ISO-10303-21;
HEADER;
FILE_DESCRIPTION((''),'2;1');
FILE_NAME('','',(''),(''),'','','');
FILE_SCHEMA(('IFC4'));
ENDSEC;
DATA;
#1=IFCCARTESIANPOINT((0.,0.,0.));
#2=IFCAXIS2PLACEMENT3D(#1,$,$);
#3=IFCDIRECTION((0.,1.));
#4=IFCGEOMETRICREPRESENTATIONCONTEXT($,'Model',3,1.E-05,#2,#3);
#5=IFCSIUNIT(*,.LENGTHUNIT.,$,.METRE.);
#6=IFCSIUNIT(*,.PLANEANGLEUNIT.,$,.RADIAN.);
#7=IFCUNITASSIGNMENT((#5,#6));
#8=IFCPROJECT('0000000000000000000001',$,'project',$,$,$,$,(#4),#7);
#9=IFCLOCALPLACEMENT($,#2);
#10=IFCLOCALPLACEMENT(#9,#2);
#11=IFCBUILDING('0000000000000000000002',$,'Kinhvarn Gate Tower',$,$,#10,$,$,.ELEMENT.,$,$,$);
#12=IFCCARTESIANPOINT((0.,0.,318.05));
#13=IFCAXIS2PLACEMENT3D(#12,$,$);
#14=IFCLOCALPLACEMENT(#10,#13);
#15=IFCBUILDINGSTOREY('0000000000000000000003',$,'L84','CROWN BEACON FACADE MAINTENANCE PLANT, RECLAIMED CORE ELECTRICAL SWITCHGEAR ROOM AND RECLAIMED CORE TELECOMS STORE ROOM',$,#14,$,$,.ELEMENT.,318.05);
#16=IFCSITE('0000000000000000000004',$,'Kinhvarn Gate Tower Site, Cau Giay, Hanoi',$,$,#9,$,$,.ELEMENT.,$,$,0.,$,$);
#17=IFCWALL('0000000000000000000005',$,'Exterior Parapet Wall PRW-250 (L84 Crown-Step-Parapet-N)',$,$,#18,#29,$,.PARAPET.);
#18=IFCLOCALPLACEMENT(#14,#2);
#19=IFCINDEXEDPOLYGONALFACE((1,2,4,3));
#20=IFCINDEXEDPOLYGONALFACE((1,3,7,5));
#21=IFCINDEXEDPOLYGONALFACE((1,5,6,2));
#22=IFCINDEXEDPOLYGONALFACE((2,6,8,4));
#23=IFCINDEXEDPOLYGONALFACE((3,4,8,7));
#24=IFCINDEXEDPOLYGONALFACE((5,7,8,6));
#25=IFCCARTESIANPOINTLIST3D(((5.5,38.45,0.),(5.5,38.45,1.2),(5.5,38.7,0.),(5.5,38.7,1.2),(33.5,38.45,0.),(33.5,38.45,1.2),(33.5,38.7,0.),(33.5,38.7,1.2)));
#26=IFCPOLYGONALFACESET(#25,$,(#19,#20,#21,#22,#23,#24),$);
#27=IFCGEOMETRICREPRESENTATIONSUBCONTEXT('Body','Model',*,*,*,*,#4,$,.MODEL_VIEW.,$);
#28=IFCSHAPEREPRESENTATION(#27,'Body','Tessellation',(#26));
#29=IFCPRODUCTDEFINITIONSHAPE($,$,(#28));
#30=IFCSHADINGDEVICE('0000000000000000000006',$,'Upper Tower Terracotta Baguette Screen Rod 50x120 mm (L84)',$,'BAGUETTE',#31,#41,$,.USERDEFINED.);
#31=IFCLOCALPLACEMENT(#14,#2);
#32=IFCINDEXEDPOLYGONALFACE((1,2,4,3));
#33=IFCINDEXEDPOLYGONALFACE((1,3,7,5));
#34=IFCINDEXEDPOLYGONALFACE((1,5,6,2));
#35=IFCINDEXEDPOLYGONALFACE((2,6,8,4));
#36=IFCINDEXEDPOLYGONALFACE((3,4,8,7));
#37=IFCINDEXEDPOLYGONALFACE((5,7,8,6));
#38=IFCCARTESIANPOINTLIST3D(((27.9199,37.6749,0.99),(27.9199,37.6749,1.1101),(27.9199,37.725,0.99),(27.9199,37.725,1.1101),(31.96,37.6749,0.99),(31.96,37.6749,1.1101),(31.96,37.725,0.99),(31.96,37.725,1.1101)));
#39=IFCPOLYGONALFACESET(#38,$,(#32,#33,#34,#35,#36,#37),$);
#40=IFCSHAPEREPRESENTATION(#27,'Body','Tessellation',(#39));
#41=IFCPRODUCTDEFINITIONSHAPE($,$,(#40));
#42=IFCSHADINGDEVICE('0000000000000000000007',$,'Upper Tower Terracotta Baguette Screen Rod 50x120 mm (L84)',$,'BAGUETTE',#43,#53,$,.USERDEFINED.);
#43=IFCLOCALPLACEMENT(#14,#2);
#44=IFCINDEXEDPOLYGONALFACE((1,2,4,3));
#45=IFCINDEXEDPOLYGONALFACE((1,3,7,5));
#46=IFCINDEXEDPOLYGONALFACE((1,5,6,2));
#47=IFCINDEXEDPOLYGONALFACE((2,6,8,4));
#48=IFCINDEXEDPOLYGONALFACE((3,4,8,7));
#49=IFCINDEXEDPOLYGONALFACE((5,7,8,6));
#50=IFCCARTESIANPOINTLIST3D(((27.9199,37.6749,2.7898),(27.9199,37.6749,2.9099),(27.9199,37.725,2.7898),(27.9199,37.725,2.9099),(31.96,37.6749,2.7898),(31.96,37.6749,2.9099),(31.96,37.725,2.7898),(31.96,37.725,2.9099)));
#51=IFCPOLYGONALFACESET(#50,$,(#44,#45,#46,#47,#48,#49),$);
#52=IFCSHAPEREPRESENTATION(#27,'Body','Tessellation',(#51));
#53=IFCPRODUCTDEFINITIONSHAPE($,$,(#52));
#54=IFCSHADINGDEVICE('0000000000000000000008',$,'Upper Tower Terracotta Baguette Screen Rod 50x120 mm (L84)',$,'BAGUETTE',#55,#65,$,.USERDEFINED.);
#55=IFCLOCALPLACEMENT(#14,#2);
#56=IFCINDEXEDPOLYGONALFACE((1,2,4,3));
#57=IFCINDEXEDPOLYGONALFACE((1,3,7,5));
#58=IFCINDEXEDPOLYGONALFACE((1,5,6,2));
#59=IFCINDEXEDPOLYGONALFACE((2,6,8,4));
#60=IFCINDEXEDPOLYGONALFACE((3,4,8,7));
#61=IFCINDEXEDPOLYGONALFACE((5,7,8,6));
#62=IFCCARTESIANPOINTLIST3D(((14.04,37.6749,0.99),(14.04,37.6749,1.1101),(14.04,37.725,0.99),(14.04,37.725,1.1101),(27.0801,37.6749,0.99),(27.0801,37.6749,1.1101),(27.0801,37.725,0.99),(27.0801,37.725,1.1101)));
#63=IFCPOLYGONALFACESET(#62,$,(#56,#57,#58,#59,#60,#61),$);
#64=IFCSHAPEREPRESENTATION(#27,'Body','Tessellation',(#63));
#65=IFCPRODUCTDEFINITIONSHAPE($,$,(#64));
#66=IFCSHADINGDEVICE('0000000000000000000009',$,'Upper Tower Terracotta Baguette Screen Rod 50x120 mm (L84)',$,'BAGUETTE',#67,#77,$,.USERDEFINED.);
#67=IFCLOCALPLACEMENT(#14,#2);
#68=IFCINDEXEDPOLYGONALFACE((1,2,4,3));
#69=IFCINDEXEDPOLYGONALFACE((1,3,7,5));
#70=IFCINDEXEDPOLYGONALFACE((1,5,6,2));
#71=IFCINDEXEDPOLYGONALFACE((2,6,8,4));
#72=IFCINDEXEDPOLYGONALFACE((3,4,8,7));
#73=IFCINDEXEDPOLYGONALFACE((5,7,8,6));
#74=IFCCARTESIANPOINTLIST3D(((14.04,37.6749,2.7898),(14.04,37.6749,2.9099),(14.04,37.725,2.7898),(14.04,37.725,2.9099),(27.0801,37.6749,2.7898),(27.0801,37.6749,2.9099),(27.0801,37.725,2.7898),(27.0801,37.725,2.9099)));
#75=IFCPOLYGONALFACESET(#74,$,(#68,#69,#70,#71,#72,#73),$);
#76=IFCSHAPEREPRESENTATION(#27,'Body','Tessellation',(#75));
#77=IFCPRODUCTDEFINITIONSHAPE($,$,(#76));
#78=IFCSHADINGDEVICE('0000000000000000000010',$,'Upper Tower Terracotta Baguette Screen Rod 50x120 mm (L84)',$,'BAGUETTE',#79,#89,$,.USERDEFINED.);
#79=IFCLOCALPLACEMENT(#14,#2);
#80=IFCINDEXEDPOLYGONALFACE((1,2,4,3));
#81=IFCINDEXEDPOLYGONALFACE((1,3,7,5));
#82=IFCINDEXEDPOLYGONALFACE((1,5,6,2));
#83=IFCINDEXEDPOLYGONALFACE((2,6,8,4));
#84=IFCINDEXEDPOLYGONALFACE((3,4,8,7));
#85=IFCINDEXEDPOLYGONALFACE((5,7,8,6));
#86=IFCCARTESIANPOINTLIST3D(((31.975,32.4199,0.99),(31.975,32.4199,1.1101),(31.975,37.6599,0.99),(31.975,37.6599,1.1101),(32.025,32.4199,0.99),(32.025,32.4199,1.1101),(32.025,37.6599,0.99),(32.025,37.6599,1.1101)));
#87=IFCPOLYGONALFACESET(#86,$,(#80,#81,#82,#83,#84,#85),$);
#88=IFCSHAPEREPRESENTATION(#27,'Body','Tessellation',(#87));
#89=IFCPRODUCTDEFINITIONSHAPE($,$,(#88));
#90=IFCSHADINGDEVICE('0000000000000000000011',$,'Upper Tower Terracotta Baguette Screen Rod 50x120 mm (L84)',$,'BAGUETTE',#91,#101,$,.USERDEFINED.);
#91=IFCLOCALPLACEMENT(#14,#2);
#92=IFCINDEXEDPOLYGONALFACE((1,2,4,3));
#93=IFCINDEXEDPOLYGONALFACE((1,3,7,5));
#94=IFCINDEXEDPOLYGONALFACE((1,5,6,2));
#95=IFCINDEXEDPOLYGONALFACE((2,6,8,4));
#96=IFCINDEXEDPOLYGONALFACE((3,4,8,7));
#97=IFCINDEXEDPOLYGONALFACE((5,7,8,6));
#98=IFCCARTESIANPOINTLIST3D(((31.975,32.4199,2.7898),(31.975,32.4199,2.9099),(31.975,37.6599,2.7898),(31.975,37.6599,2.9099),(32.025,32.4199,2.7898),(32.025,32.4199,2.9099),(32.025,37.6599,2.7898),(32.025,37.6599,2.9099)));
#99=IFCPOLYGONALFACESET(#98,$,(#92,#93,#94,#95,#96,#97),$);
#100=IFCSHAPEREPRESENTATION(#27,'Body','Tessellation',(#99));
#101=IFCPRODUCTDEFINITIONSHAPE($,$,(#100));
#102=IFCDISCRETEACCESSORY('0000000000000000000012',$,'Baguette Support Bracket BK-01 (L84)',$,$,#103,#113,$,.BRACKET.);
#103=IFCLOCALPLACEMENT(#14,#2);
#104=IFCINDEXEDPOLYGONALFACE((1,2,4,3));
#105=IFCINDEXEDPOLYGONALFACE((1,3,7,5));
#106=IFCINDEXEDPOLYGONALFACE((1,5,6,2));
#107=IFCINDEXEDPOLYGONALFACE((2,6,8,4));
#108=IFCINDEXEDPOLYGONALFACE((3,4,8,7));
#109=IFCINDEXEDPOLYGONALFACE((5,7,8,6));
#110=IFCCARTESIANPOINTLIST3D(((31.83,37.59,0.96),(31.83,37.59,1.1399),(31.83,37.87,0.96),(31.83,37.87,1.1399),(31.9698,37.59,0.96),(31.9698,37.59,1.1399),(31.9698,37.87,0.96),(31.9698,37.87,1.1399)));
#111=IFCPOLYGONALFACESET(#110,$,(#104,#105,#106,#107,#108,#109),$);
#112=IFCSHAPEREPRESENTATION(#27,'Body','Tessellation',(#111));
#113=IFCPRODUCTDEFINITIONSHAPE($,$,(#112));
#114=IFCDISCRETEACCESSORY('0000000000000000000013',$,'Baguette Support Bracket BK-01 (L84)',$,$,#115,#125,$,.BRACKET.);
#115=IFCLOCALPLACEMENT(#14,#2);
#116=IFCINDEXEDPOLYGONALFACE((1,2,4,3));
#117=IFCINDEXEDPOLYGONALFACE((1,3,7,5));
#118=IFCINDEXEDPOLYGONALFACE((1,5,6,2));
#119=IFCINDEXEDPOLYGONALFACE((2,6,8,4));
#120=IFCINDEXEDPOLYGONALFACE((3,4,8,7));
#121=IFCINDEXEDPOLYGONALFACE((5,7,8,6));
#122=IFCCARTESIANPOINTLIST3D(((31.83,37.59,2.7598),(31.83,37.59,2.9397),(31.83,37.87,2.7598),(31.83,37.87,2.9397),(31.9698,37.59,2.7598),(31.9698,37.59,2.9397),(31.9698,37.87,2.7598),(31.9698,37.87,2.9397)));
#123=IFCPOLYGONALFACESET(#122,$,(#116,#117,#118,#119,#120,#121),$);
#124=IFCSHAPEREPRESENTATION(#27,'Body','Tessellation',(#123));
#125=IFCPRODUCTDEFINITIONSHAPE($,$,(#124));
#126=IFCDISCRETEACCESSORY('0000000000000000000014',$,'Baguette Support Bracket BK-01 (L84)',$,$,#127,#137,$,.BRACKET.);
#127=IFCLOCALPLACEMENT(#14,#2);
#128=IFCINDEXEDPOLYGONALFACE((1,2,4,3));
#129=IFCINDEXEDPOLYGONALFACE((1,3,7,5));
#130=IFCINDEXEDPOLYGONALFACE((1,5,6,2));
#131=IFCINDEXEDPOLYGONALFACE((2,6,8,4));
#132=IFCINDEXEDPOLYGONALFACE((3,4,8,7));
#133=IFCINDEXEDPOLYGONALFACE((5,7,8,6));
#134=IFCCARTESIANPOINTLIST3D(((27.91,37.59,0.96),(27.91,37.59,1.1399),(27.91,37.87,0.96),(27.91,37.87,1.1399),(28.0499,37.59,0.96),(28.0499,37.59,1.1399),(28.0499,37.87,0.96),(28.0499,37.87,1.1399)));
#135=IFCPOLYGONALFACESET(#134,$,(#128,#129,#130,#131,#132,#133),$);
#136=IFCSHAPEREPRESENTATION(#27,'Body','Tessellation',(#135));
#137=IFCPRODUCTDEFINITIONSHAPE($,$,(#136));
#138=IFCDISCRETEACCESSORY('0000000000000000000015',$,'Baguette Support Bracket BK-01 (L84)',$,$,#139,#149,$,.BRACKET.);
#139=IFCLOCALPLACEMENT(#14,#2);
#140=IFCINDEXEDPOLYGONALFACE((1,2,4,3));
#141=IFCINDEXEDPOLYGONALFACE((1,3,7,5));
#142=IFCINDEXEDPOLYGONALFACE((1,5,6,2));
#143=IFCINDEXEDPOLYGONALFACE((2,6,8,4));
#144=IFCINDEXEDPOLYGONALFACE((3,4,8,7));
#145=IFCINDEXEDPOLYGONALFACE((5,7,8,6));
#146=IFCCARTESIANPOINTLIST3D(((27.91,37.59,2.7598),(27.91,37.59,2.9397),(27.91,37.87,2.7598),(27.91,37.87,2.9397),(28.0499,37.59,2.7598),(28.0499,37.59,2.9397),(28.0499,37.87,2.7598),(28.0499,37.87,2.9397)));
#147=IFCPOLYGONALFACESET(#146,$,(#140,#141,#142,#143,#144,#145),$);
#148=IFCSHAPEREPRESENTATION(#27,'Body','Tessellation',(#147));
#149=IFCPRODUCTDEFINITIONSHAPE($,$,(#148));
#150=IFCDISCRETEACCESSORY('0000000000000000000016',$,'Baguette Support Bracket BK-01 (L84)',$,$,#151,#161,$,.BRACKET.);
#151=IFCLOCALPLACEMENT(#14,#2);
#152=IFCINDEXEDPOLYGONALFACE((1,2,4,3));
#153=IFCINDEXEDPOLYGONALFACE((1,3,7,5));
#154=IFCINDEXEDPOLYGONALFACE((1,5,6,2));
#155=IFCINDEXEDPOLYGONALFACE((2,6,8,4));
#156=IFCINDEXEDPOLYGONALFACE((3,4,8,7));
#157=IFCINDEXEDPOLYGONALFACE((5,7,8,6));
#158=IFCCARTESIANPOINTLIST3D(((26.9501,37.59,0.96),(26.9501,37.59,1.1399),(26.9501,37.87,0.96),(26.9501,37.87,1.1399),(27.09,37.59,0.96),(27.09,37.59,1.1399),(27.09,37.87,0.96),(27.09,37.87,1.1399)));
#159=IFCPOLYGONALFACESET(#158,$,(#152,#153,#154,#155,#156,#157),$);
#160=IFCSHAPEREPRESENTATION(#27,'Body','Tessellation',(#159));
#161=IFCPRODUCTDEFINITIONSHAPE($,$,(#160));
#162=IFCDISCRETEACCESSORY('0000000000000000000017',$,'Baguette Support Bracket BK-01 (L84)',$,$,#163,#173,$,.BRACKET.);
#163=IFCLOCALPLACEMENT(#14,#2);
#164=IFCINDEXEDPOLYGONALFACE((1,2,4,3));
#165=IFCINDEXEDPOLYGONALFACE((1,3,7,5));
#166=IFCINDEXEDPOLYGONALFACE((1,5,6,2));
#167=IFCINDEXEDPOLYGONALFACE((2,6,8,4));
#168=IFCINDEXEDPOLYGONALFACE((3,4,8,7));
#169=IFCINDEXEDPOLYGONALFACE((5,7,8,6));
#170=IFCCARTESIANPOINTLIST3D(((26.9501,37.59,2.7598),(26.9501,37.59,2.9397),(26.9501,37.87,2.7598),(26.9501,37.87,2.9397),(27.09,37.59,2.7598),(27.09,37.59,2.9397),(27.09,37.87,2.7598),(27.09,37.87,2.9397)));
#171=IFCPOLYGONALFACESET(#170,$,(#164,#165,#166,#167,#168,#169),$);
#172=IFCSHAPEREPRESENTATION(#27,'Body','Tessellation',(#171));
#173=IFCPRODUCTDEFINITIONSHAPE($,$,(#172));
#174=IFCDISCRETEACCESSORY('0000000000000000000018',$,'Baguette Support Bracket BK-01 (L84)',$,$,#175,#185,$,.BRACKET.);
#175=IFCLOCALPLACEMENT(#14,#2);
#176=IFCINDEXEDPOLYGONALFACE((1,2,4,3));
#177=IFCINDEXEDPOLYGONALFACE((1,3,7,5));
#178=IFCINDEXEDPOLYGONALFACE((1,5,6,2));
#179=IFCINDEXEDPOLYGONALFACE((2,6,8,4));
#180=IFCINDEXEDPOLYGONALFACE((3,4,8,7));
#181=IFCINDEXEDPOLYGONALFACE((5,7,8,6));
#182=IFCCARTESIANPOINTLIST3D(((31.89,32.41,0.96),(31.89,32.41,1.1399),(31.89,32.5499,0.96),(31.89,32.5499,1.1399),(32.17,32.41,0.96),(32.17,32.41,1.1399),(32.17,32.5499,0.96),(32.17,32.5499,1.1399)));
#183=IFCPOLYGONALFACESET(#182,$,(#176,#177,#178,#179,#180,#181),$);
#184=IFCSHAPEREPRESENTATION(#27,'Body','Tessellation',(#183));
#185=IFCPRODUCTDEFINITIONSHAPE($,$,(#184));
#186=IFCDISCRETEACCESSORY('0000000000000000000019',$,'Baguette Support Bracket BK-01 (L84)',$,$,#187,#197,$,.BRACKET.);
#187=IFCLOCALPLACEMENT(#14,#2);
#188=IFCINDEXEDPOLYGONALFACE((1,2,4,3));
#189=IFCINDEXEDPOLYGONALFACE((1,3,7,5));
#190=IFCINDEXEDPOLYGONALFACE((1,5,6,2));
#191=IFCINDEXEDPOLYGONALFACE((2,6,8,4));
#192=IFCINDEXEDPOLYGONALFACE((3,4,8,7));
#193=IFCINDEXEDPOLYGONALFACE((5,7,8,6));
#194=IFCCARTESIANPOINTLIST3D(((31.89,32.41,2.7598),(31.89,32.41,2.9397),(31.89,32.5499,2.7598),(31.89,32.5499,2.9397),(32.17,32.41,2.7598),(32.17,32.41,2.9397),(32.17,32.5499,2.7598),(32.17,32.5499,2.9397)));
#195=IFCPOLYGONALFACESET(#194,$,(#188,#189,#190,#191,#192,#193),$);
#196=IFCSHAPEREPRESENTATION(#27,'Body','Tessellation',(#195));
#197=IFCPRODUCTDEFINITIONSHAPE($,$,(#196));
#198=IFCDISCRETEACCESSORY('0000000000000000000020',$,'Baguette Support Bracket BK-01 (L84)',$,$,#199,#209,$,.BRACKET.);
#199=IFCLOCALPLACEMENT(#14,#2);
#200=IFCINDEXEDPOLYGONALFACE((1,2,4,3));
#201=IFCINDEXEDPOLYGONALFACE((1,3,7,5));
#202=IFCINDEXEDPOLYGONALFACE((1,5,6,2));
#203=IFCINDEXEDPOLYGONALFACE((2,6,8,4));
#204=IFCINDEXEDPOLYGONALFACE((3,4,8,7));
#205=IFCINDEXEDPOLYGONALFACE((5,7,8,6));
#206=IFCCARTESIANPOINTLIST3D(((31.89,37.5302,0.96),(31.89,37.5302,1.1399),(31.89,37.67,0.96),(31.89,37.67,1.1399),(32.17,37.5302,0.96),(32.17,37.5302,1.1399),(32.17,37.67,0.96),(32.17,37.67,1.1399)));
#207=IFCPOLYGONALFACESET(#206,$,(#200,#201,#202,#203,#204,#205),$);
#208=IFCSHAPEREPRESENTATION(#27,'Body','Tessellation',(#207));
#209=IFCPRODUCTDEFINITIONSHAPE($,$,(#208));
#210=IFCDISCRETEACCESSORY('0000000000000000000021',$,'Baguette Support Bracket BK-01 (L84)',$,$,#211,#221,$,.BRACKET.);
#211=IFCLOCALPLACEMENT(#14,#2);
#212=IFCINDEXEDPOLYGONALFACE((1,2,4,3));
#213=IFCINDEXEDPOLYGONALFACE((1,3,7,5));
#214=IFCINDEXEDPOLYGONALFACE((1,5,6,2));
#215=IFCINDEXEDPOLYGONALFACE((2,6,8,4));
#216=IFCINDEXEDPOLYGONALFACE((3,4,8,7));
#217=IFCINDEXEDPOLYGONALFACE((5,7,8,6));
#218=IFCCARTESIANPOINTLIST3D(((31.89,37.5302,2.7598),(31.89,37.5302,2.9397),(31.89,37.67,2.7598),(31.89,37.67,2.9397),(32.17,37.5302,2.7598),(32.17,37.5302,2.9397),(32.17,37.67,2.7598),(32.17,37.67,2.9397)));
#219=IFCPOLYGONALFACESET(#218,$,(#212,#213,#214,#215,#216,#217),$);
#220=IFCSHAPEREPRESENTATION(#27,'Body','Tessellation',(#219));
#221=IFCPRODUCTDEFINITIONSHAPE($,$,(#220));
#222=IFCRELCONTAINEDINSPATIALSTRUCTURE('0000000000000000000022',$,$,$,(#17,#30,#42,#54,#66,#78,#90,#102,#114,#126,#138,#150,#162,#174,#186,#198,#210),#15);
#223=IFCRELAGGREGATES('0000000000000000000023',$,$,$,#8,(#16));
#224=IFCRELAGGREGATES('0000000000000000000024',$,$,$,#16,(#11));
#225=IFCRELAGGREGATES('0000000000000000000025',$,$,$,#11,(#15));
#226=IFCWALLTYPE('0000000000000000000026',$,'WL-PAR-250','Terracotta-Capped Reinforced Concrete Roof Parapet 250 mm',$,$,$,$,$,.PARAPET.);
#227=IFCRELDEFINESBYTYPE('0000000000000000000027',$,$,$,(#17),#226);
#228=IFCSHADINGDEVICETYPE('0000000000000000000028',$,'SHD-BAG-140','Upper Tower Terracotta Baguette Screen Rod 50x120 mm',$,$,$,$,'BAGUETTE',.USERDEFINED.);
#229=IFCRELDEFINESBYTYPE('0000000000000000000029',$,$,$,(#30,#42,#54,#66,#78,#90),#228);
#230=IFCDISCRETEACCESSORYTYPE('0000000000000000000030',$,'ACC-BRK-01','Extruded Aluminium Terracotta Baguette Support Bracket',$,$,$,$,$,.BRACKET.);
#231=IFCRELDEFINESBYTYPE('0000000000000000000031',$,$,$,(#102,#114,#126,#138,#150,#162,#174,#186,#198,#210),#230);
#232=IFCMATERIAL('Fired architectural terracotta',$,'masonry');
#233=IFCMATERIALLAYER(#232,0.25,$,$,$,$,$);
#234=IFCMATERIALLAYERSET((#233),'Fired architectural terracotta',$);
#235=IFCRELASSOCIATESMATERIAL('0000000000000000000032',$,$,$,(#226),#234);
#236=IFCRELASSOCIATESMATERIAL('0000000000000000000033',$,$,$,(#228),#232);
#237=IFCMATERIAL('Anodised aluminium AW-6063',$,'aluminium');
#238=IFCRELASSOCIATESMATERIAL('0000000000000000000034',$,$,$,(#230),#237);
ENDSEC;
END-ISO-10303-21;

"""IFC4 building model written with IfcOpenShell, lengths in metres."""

from ifc_helpers import new_model, si_unit, direction, frame, frame_2d, origin, origin_2d, place, context, subcontext, project, spatial, rectangle, extrude, material, layer, layer_set, material_profile, profile_set, type_object, element, save


model = new_model("IFC4")

# Units and contexts
model_context = context("Model", 3, precision=1e-05, world=origin(), true_north=direction((0.0, 1.0)))
body_context = subcontext(model_context, "Body", "Model", "MODEL_VIEW")
ifc_project = project(units=[si_unit("LENGTHUNIT", "METRE"), si_unit("PLANEANGLEUNIT", "RADIAN")], contexts=[model_context])

# Site, building, storey
site_placement = place(None, origin())
site = spatial("IfcSite", under=ifc_project, at=site_placement, Name="Kinhvarn Gate Tower Site, Cau Giay, Hanoi", CompositionType="ELEMENT", RefElevation=0.0)
building_placement = place(site_placement, origin())
building = spatial("IfcBuilding", under=site, at=building_placement, Name="Kinhvarn Gate Tower", CompositionType="ELEMENT")
storey_placement = place(building_placement, frame((0.0, 0.0, 318.05)))
storey = spatial("IfcBuildingStorey", under=building, at=storey_placement, Name="L84", Description="CROWN BEACON FACADE MAINTENANCE PLANT, RECLAIMED CORE ELECTRICAL SWITCHGEAR ROOM AND RECLAIMED CORE TELECOMS STORE ROOM", CompositionType="ELEMENT", Elevation=318.05)

# Shared definitions
ifc_material_1 = material(Name="Anodised aluminium AW-6063", Category="aluminium")

# Wall
ifc_material_2 = material(Name="Fired architectural terracotta", Category="masonry")
ifc_layer_1 = layer(ifc_material_2, 0.25)
ifc_layer_set_1 = layer_set([ifc_layer_1], Name="Fired architectural terracotta")
wall_type = type_object("IfcWallType", Name="WL-PAR-250", Description="Terracotta-Capped Reinforced Concrete Roof Parapet 250 mm", PredefinedType="PARAPET", material=ifc_layer_set_1)
wall_placement = place(storey_placement, frame((33.5, 38.575, 0.0), z_axis=(0.0, 0.0, 1.0), x_axis=(-1.0, 0.0, 0.0)))
element("IfcWall", 1, at=wall_placement, inside=storey, type_object=wall_type, Name="Exterior Parapet Wall PRW-250 (L84 Crown-Step-Parapet-N)", PredefinedType="PARAPET", context=body_context, shape_type="SweptSolid", body=[
    extrude(rectangle(XDim=28.0, YDim=0.25, at=frame_2d((14.0, 0.0))), origin(), (0.0, 0.0, 1.0), 1.2),
])

# Shading devices
ifc_material_profile_1 = material_profile(ifc_material_2, rectangle(XDim=0.05, YDim=0.1201, at=origin_2d()), Name="TC 50x120")
ifc_profile_set_1 = profile_set([ifc_material_profile_1], Name="Fired architectural terracotta")
shading_device_type = type_object("IfcShadingDeviceType", Name="SHD-BAG-140", Description="Upper Tower Terracotta Baguette Screen Rod 50x120 mm", ElementType="BAGUETTE", PredefinedType="USERDEFINED", material=ifc_profile_set_1)
for number, where, z_axis, x_axis, name in (
    (2, (31.96, 37.7, 1.05), (-1.0, 0.0, 0.0), (0.0, -1.0, 0.0), "Upper Tower Terracotta Baguette Screen Rod 50x120 mm (L84)"),
    (3, (31.96, 37.7, 2.8499), (-1.0, 0.0, 0.0), (0.0, -1.0, 0.0), "Upper Tower Terracotta Baguette Screen Rod 50x120 mm (L84)"),
):
    element("IfcShadingDevice", number, at=place(storey_placement, frame(where, z_axis=z_axis, x_axis=x_axis)), inside=storey, type_object=shading_device_type, Name=name, ObjectType="BAGUETTE", PredefinedType="USERDEFINED", context=body_context, shape_type="SweptSolid", body=[
        extrude(rectangle(XDim=0.05, YDim=0.1201, at=origin_2d()), origin(), (0.0, 0.0, 1.0), 4.04),
    ])
for number, where, z_axis, x_axis, name in (
    (4, (27.0801, 37.7, 1.05), (-1.0, 0.0, 0.0), (0.0, -1.0, 0.0), "Upper Tower Terracotta Baguette Screen Rod 50x120 mm (L84)"),
    (5, (27.0801, 37.7, 2.8499), (-1.0, 0.0, 0.0), (0.0, -1.0, 0.0), "Upper Tower Terracotta Baguette Screen Rod 50x120 mm (L84)"),
):
    element("IfcShadingDevice", number, at=place(storey_placement, frame(where, z_axis=z_axis, x_axis=x_axis)), inside=storey, type_object=shading_device_type, Name=name, ObjectType="BAGUETTE", PredefinedType="USERDEFINED", context=body_context, shape_type="SweptSolid", body=[
        extrude(rectangle(XDim=0.05, YDim=0.1201, at=origin_2d()), origin(), (0.0, 0.0, 1.0), 13.04),
    ])
for number, where, z_axis, x_axis, name in (
    (6, (32.0, 32.4199, 1.05), (0.0, 1.0, 0.0), (-1.0, 0.0, 0.0), "Upper Tower Terracotta Baguette Screen Rod 50x120 mm (L84)"),
    (7, (32.0, 32.4199, 2.8499), (0.0, 1.0, 0.0), (-1.0, 0.0, 0.0), "Upper Tower Terracotta Baguette Screen Rod 50x120 mm (L84)"),
):
    element("IfcShadingDevice", number, at=place(storey_placement, frame(where, z_axis=z_axis, x_axis=x_axis)), inside=storey, type_object=shading_device_type, Name=name, ObjectType="BAGUETTE", PredefinedType="USERDEFINED", context=body_context, shape_type="SweptSolid", body=[
        extrude(rectangle(XDim=0.05, YDim=0.1201, at=origin_2d()), origin(), (0.0, 0.0, 1.0), 5.24),
    ])

# Discrete accessories
discrete_accessory_type = type_object("IfcDiscreteAccessoryType", Name="ACC-BRK-01", Description="Extruded Aluminium Terracotta Baguette Support Bracket", PredefinedType="BRACKET", material=ifc_material_1)
for number, where, z_axis, x_axis, name in (
    (8, (31.8999, 37.73, 0.96), (0.0, 0.0, 1.0), (-1.0, 0.0, 0.0), "Baguette Support Bracket BK-01 (L84)"),
    (9, (31.8999, 37.73, 2.7598), (0.0, 0.0, 1.0), (-1.0, 0.0, 0.0), "Baguette Support Bracket BK-01 (L84)"),
    (10, (27.98, 37.73, 0.96), (0.0, 0.0, 1.0), (-1.0, 0.0, 0.0), "Baguette Support Bracket BK-01 (L84)"),
    (11, (27.98, 37.73, 2.7598), (0.0, 0.0, 1.0), (-1.0, 0.0, 0.0), "Baguette Support Bracket BK-01 (L84)"),
    (12, (27.02, 37.73, 0.96), (0.0, 0.0, 1.0), (-1.0, 0.0, 0.0), "Baguette Support Bracket BK-01 (L84)"),
    (13, (27.02, 37.73, 2.7598), (0.0, 0.0, 1.0), (-1.0, 0.0, 0.0), "Baguette Support Bracket BK-01 (L84)"),
    (14, (32.03, 32.48, 0.96), (0.0, 0.0, 1.0), (0.0, 1.0, 0.0), "Baguette Support Bracket BK-01 (L84)"),
    (15, (32.03, 32.48, 2.7598), (0.0, 0.0, 1.0), (0.0, 1.0, 0.0), "Baguette Support Bracket BK-01 (L84)"),
    (16, (32.03, 37.6001, 0.96), (0.0, 0.0, 1.0), (0.0, 1.0, 0.0), "Baguette Support Bracket BK-01 (L84)"),
    (17, (32.03, 37.6001, 2.7598), (0.0, 0.0, 1.0), (0.0, 1.0, 0.0), "Baguette Support Bracket BK-01 (L84)"),
):
    element("IfcDiscreteAccessory", number, at=place(storey_placement, frame(where, z_axis=z_axis, x_axis=x_axis)), inside=storey, type_object=discrete_accessory_type, Name=name, PredefinedType="BRACKET", context=body_context, shape_type="SweptSolid", body=[
        extrude(rectangle(XDim=0.1399, YDim=0.28, at=origin_2d()), origin(), (0.0, 0.0, 1.0), 0.1799),
    ])

save(model, "model.ifc")
